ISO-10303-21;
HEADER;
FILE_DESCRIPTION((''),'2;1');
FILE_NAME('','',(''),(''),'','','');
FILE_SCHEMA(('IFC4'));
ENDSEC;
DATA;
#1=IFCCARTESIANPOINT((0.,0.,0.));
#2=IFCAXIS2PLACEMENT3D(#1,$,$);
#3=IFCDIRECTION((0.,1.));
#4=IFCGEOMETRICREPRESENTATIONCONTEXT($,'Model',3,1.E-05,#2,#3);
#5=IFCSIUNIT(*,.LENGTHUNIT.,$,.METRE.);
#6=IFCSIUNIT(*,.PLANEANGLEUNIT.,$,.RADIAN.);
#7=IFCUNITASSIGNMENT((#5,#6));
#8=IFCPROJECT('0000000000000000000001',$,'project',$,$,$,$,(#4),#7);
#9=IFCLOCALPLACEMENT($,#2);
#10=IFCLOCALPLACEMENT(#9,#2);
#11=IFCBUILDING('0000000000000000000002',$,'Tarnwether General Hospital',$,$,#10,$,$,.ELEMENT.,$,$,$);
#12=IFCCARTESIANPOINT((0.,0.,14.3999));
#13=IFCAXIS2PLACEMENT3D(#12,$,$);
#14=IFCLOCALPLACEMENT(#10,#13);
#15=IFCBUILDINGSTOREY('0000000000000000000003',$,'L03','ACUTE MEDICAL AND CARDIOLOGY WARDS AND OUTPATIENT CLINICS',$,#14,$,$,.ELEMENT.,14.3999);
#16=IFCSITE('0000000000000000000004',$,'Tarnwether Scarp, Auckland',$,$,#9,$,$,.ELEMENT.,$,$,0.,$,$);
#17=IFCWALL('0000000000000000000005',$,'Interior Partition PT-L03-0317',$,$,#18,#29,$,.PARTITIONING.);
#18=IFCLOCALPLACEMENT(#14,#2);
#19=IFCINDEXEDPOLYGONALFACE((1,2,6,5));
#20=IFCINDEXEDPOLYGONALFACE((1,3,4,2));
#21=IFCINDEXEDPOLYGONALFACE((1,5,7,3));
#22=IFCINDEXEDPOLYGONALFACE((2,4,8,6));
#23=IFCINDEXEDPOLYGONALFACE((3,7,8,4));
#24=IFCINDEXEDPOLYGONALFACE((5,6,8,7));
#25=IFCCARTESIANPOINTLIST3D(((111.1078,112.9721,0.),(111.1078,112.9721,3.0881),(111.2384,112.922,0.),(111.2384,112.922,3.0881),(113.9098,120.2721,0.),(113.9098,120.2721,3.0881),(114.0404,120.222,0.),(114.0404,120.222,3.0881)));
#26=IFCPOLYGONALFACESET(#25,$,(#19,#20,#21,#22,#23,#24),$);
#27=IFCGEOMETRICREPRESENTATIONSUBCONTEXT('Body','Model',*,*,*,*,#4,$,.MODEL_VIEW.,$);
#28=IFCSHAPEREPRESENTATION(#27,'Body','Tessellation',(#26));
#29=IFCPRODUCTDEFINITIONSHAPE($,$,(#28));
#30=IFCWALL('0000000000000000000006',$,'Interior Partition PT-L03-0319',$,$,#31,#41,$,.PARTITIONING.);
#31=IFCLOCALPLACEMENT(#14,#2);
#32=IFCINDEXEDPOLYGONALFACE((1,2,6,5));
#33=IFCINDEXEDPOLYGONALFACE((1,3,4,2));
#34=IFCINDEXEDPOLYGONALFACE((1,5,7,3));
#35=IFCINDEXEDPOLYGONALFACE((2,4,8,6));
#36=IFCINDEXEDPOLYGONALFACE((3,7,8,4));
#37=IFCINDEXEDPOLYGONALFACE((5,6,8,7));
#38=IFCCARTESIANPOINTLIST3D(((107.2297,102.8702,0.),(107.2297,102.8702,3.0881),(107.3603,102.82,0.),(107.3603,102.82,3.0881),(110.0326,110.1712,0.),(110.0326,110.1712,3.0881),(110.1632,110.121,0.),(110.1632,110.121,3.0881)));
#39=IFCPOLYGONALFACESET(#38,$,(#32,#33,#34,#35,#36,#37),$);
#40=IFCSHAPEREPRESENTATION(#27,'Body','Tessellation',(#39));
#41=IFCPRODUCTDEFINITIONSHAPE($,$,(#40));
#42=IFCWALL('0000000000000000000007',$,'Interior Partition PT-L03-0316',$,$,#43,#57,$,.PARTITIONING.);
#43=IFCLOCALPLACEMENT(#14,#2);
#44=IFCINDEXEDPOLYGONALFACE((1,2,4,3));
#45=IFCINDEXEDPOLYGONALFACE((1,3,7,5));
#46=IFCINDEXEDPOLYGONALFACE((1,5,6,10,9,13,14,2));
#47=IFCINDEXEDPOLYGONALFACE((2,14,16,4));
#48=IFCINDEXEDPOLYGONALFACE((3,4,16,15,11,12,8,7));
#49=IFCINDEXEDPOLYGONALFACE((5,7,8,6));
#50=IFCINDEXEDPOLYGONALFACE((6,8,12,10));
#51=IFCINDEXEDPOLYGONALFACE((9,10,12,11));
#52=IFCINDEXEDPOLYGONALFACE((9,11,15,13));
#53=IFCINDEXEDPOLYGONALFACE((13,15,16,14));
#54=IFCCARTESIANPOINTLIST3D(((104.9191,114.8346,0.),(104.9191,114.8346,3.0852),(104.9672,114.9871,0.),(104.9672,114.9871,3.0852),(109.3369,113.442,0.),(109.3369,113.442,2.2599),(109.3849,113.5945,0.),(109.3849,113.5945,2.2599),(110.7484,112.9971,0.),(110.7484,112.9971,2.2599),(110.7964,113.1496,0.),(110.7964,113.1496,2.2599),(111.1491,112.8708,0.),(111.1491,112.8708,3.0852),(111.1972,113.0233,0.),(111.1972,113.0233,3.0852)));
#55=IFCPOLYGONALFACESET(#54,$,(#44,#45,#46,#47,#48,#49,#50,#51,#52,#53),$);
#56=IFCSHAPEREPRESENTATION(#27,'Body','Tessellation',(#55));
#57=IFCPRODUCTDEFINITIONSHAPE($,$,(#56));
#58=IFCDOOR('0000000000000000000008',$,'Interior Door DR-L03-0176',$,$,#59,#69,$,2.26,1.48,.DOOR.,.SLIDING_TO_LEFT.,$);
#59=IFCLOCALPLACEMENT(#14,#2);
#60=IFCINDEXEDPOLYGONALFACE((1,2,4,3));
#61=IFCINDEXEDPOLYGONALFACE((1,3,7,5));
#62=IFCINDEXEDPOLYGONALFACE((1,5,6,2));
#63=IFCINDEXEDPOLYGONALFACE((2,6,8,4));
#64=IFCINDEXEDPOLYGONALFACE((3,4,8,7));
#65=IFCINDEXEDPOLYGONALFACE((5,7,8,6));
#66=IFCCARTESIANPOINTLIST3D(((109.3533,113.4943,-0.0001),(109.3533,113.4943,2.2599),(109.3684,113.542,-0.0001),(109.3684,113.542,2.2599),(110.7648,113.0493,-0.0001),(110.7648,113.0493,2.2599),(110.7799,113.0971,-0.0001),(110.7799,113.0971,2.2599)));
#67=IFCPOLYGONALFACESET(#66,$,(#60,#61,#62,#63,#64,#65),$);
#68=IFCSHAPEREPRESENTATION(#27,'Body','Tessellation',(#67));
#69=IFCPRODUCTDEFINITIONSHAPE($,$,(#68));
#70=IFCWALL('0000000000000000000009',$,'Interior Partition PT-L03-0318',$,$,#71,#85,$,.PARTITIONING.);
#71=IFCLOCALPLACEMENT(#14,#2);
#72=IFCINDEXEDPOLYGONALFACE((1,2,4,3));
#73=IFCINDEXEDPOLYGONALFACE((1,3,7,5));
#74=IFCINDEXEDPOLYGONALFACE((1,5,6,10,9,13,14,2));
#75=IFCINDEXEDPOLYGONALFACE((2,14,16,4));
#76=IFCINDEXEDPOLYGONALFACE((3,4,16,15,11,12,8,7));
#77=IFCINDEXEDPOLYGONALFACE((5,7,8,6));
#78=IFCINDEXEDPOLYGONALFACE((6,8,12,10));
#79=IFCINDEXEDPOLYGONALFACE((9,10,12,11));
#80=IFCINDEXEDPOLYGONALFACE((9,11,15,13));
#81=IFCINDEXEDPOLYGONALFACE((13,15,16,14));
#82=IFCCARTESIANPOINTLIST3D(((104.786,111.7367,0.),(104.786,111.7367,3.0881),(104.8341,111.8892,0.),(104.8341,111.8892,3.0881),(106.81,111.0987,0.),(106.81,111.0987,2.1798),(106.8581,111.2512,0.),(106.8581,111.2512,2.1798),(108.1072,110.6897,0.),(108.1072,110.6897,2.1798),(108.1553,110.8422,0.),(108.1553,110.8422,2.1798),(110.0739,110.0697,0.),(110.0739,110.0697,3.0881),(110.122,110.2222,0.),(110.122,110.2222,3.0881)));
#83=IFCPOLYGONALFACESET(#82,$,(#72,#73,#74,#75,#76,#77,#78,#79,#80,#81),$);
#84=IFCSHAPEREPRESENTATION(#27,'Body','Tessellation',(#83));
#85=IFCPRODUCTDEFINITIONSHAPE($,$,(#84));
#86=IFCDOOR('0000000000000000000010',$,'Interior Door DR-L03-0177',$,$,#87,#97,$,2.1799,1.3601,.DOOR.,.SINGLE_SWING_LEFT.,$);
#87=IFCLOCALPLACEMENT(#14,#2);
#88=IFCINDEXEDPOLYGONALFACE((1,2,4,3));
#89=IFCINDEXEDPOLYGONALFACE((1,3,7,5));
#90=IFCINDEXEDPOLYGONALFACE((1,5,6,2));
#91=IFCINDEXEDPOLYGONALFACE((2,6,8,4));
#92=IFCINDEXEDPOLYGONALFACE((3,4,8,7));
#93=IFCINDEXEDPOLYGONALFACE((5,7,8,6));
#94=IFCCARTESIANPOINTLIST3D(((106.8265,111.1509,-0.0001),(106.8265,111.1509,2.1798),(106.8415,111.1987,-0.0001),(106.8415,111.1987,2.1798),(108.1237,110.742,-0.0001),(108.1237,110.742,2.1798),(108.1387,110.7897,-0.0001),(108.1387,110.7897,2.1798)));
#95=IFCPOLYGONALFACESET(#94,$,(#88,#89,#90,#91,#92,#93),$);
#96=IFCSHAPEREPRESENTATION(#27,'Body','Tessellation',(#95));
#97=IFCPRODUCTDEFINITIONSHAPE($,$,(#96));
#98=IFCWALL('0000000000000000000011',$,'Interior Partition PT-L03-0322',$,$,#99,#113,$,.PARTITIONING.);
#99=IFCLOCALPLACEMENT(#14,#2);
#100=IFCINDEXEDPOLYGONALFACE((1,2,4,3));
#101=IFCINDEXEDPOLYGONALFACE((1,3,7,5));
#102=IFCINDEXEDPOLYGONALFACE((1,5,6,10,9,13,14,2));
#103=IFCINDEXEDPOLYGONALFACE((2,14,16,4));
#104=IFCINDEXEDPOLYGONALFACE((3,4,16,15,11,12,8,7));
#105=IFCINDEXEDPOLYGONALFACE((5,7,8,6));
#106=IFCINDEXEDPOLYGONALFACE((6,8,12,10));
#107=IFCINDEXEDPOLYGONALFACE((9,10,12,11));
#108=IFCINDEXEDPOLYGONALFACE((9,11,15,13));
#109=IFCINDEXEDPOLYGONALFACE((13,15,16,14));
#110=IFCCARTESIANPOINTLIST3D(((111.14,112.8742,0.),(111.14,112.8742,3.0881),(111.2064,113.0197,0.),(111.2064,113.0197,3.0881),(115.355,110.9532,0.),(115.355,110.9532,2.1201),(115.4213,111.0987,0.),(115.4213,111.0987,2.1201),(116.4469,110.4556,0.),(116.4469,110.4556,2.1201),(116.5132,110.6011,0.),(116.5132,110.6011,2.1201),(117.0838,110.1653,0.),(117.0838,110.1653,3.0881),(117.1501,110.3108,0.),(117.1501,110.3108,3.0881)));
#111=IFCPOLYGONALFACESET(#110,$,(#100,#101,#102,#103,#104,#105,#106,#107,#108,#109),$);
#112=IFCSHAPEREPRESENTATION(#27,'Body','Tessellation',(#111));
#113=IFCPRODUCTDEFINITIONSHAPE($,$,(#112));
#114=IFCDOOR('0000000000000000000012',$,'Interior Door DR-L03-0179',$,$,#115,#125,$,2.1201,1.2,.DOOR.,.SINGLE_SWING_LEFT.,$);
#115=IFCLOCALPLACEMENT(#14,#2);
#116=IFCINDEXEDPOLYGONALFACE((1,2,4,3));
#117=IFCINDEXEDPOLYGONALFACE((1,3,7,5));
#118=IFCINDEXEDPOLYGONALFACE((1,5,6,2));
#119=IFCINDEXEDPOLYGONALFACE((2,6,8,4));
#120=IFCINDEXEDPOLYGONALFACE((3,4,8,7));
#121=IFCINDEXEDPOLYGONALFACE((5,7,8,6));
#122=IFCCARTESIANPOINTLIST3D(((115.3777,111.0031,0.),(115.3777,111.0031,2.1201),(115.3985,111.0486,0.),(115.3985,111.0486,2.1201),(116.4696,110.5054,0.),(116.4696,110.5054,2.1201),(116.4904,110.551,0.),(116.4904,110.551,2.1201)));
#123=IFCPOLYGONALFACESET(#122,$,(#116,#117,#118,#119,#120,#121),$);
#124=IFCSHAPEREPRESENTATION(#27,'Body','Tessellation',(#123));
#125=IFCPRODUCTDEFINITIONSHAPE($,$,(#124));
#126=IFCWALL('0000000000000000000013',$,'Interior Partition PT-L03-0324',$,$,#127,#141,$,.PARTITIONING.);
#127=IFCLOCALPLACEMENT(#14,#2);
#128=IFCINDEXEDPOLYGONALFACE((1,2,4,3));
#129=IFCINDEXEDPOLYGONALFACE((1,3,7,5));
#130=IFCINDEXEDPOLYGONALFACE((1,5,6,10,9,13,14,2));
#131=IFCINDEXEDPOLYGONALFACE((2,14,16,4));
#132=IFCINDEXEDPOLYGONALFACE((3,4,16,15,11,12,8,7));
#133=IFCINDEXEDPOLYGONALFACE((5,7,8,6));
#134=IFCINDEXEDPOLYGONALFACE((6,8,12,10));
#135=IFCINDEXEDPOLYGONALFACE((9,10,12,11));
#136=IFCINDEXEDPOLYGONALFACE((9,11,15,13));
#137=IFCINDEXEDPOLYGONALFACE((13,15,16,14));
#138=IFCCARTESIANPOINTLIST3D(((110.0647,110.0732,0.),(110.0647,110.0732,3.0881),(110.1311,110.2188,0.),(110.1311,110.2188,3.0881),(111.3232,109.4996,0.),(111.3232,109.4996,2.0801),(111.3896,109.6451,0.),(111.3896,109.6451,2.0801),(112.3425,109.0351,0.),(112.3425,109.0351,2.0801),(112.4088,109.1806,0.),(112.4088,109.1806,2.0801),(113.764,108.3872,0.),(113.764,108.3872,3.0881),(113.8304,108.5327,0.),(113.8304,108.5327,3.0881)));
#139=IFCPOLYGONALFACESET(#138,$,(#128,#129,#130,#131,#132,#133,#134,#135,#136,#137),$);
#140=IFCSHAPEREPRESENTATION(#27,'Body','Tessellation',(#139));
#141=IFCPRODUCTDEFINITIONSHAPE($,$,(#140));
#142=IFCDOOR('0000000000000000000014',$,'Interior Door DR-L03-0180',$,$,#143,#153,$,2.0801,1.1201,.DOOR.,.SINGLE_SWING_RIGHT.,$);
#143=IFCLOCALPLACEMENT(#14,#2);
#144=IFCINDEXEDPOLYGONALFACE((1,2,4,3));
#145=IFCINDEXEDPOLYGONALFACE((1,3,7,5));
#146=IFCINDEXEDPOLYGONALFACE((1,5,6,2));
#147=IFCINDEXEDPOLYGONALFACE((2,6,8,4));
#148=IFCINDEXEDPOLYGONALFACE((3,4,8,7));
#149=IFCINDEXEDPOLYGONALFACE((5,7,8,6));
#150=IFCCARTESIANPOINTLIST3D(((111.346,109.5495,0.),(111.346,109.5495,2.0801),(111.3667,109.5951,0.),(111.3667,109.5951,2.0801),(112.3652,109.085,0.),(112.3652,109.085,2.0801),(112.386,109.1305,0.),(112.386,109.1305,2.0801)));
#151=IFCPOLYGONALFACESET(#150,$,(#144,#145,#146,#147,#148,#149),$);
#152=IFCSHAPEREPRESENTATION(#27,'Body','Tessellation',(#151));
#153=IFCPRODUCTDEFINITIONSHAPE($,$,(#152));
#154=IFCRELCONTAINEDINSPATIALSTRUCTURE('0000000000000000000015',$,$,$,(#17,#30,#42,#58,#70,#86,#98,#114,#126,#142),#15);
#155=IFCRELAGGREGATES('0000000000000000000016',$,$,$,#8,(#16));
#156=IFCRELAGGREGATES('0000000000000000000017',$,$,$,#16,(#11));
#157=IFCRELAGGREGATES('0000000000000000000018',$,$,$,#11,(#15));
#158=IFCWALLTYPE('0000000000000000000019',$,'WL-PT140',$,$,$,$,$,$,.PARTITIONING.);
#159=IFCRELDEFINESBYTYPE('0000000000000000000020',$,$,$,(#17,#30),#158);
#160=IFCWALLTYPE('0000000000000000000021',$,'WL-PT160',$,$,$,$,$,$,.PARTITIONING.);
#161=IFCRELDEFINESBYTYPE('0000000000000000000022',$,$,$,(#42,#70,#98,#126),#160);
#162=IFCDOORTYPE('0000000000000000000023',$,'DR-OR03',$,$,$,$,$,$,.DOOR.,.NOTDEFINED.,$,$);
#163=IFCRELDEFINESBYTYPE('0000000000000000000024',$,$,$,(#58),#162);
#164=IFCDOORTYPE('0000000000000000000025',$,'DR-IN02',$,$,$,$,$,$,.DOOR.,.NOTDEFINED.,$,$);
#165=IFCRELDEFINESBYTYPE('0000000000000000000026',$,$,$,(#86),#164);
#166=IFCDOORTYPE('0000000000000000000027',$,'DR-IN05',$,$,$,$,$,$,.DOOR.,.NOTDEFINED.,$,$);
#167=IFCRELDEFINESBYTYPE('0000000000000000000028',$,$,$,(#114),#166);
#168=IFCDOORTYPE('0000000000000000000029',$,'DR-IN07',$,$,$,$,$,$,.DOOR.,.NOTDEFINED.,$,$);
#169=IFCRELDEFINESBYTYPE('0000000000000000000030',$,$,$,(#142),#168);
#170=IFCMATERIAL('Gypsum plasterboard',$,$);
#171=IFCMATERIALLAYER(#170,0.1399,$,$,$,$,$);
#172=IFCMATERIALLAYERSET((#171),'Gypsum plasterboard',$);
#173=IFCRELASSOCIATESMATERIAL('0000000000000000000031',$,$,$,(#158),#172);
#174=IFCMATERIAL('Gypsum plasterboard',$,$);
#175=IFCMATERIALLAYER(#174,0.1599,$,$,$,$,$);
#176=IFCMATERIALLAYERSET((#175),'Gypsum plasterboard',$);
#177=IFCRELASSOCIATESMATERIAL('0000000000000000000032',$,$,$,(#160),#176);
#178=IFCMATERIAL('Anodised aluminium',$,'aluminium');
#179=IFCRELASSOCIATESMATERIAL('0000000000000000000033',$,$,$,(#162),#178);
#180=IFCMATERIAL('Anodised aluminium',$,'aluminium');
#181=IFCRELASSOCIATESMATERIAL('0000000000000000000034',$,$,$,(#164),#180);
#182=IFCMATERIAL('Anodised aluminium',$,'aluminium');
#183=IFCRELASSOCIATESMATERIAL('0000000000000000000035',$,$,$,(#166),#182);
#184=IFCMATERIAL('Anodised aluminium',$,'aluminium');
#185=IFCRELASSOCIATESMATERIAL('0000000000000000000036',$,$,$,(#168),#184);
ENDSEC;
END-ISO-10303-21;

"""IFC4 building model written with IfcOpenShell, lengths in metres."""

from ifc_helpers import new_model, si_unit, direction, frame, frame_2d, origin, place, context, subcontext, project, spatial, rectangle, extrude, material, layer, layer_set, type_object, element, fill, save


model = new_model("IFC4")

# Units and contexts
model_context = context("Model", 3, precision=1e-05, world=origin(), true_north=direction((0.0, 1.0)))
body_context = subcontext(model_context, "Body", "Model", "MODEL_VIEW")
ifc_project = project(units=[si_unit("LENGTHUNIT", "METRE"), si_unit("PLANEANGLEUNIT", "RADIAN")], contexts=[model_context])

# Site, building, storey
site_placement = place(None, origin())
site = spatial("IfcSite", under=ifc_project, at=site_placement, Name="Tarnwether Scarp, Auckland", CompositionType="ELEMENT", RefElevation=0.0)
building_placement = place(site_placement, origin())
building = spatial("IfcBuilding", under=site, at=building_placement, Name="Tarnwether General Hospital", CompositionType="ELEMENT")
storey_placement = place(building_placement, frame((0.0, 0.0, 14.3999)))
storey = spatial("IfcBuildingStorey", under=building, at=storey_placement, Name="L03", Description="ACUTE MEDICAL AND CARDIOLOGY WARDS AND OUTPATIENT CLINICS", CompositionType="ELEMENT", Elevation=14.3999)

# Walls
ifc_material_1 = material(Name="Gypsum plasterboard")
ifc_layer_1 = layer(ifc_material_1, 0.1399)
ifc_layer_set_1 = layer_set([ifc_layer_1], Name="Gypsum plasterboard")
wall_type_1 = type_object("IfcWallType", Name="WL-PT140", PredefinedType="PARTITIONING", material=ifc_layer_set_1)
wall_1_placement = place(storey_placement, frame((111.1731, 112.947, 0.0), z_axis=(0.0, 0.0, 1.0), x_axis=(0.358343, 0.93359, 0.0)))
element("IfcWall", 1, at=wall_1_placement, inside=storey, type_object=wall_type_1, Name="Interior Partition PT-L03-0317", PredefinedType="PARTITIONING", context=body_context, shape_type="SweptSolid", body=[
    extrude(rectangle(XDim=7.8193, YDim=0.1399, at=frame_2d((3.9097, 0.0))), origin(), (0.0, 0.0, 1.0), 3.0881),
])
wall_2_placement = place(storey_placement, frame((110.0979, 110.146, 0.0), z_axis=(0.0, 0.0, 1.0), x_axis=(-0.35841, -0.933564, 0.0)))
element("IfcWall", 2, at=wall_2_placement, inside=storey, type_object=wall_type_1, Name="Interior Partition PT-L03-0319", PredefinedType="PARTITIONING", context=body_context, shape_type="SweptSolid", body=[
    extrude(rectangle(XDim=7.8206, YDim=0.1399, at=frame_2d((3.9102, 0.0))), origin(), (0.0, 0.0, 1.0), 3.0881),
])

# Walls, openings, doors
ifc_material_2 = material(Name="Gypsum plasterboard")
ifc_layer_2 = layer(ifc_material_2, 0.1599)
ifc_layer_set_2 = layer_set([ifc_layer_2], Name="Gypsum plasterboard")
wall_type_2 = type_object("IfcWallType", Name="WL-PT160", PredefinedType="PARTITIONING", material=ifc_layer_set_2)
wall_3_placement = place(storey_placement, frame((104.9431, 114.9109, 0.0), z_axis=(0.0, 0.0, 1.0), x_axis=(0.953736, -0.300645, 0.0)))
wall_3 = element("IfcWall", 3, at=wall_3_placement, inside=storey, type_object=wall_type_2, Name="Interior Partition PT-L03-0316", PredefinedType="PARTITIONING", context=body_context, shape_type="SweptSolid", body=[
    extrude(rectangle(XDim=6.5322, YDim=0.1599, at=frame_2d((3.2661, 0.0))), origin(), (0.0, 0.0, 1.0), 3.0852),
])
opening_1_placement = place(wall_3_placement, frame((4.6321, 0.0, 0.0)))
opening_1 = element("IfcOpeningElement", 4, at=opening_1_placement, cuts=wall_3, PredefinedType="OPENING", context=body_context, shape_type="SweptSolid", body=[
    extrude(rectangle(XDim=1.48, YDim=2.26, at=frame_2d((0.74, 1.1299))), frame((0.0, 0.0898, 0.0), z_axis=(0.0, -1.0, 0.0), x_axis=(1.0, 0.0, 0.0)), (0.0, 0.0, 1.0), 0.1799),
])
ifc_material_3 = material(Name="Anodised aluminium", Category="aluminium")
door_type_1 = type_object("IfcDoorType", Name="DR-OR03", OperationType="NOTDEFINED", PredefinedType="DOOR", material=ifc_material_3)
door_1_placement = place(opening_1_placement, origin())
door_1 = element("IfcDoor", 5, at=door_1_placement, inside=storey, type_object=door_type_1, Name="Interior Door DR-L03-0176", OperationType="SLIDING_TO_LEFT", OverallHeight=2.26, OverallWidth=1.48, PredefinedType="DOOR", context=body_context, shape_type="SweptSolid", body=[
    extrude(rectangle(XDim=1.48, YDim=2.26, at=frame_2d((0.74, 1.1299))), frame((0.0, 0.0249, 0.0), z_axis=(0.0, -1.0, 0.0), x_axis=(1.0, 0.0, 0.0)), (0.0, 0.0, 1.0), 0.05),
])
fill(opening_1, door_1)
wall_4_placement = place(storey_placement, frame((104.8101, 111.813, 0.0), z_axis=(0.0, 0.0, 1.0), x_axis=(0.95373, -0.300663, 0.0)))
wall_4 = element("IfcWall", 6, at=wall_4_placement, inside=storey, type_object=wall_type_2, Name="Interior Partition PT-L03-0318", PredefinedType="PARTITIONING", context=body_context, shape_type="SweptSolid", body=[
    extrude(rectangle(XDim=5.5444, YDim=0.1599, at=frame_2d((2.7722, 0.0))), origin(), (0.0, 0.0, 1.0), 3.0881),
])
opening_2_placement = place(wall_4_placement, frame((2.1221, 0.0, 0.0)))
opening_2 = element("IfcOpeningElement", 7, at=opening_2_placement, cuts=wall_4, PredefinedType="OPENING", context=body_context, shape_type="SweptSolid", body=[
    extrude(rectangle(XDim=1.3601, YDim=2.1799, at=frame_2d((0.6802, 1.0898))), frame((0.0, 0.0898, 0.0), z_axis=(0.0, -1.0, 0.0), x_axis=(1.0, 0.0, 0.0)), (0.0, 0.0, 1.0), 0.1799),
])
ifc_material_4 = material(Name="Anodised aluminium", Category="aluminium")
door_type_2 = type_object("IfcDoorType", Name="DR-IN02", OperationType="NOTDEFINED", PredefinedType="DOOR", material=ifc_material_4)
door_2_placement = place(opening_2_placement, origin())
door_2 = element("IfcDoor", 8, at=door_2_placement, inside=storey, type_object=door_type_2, Name="Interior Door DR-L03-0177", OperationType="SINGLE_SWING_LEFT", OverallHeight=2.1799, OverallWidth=1.3601, PredefinedType="DOOR", context=body_context, shape_type="SweptSolid", body=[
    extrude(rectangle(XDim=1.3601, YDim=2.1799, at=frame_2d((0.6802, 1.0898))), frame((0.0, 0.0249, 0.0), z_axis=(0.0, -1.0, 0.0), x_axis=(1.0, 0.0, 0.0)), (0.0, 0.0, 1.0), 0.05),
])
fill(opening_2, door_2)
wall_5_placement = place(storey_placement, frame((111.1731, 112.947, 0.0), z_axis=(0.0, 0.0, 1.0), x_axis=(0.909949, -0.414721, 0.0)))
wall_5 = element("IfcWall", 9, at=wall_5_placement, inside=storey, type_object=wall_type_2, Name="Interior Partition PT-L03-0322", PredefinedType="PARTITIONING", context=body_context, shape_type="SweptSolid", body=[
    extrude(rectangle(XDim=6.532, YDim=0.1599, at=frame_2d((3.2661, 0.0))), origin(), (0.0, 0.0, 1.0), 3.0881),
])
opening_3_placement = place(wall_5_placement, frame((4.6321, 0.0, 0.0)))
opening_3 = element("IfcOpeningElement", 10, at=opening_3_placement, cuts=wall_5, PredefinedType="OPENING", context=body_context, shape_type="SweptSolid", body=[
    extrude(rectangle(XDim=1.2, YDim=2.1201, at=frame_2d((0.6001, 1.0601))), frame((0.0, 0.0898, 0.0), z_axis=(0.0, -1.0, 0.0), x_axis=(1.0, 0.0, 0.0)), (0.0, 0.0, 1.0), 0.1799),
])
ifc_material_5 = material(Name="Anodised aluminium", Category="aluminium")
door_type_3 = type_object("IfcDoorType", Name="DR-IN05", OperationType="NOTDEFINED", PredefinedType="DOOR", material=ifc_material_5)
door_3_placement = place(opening_3_placement, origin())
door_3 = element("IfcDoor", 11, at=door_3_placement, inside=storey, type_object=door_type_3, Name="Interior Door DR-L03-0179", OperationType="SINGLE_SWING_LEFT", OverallHeight=2.1201, OverallWidth=1.2, PredefinedType="DOOR", context=body_context, shape_type="SweptSolid", body=[
    extrude(rectangle(XDim=1.2, YDim=2.1201, at=frame_2d((0.6001, 1.0601))), frame((0.0, 0.0249, 0.0), z_axis=(0.0, -1.0, 0.0), x_axis=(1.0, 0.0, 0.0)), (0.0, 0.0, 1.0), 0.05),
])
fill(opening_3, door_3)
wall_6_placement = place(storey_placement, frame((110.0979, 110.146, 0.0), z_axis=(0.0, 0.0, 1.0), x_axis=(0.909942, -0.414735, 0.0)))
wall_6 = element("IfcWall", 12, at=wall_6_placement, inside=storey, type_object=wall_type_2, Name="Interior Partition PT-L03-0324", PredefinedType="PARTITIONING", context=body_context, shape_type="SweptSolid", body=[
    extrude(rectangle(XDim=4.0654, YDim=0.1599, at=frame_2d((2.0327, 0.0))), origin(), (0.0, 0.0, 1.0), 3.0881),
])
opening_4_placement = place(wall_6_placement, frame((1.3831, 0.0, 0.0)))
opening_4 = element("IfcOpeningElement", 13, at=opening_4_placement, cuts=wall_6, PredefinedType="OPENING", context=body_context, shape_type="SweptSolid", body=[
    extrude(rectangle(XDim=1.1201, YDim=2.0801, at=frame_2d((0.5601, 1.04))), frame((0.0, 0.0898, 0.0), z_axis=(0.0, -1.0, 0.0), x_axis=(1.0, 0.0, 0.0)), (0.0, 0.0, 1.0), 0.1799),
])
ifc_material_6 = material(Name="Anodised aluminium", Category="aluminium")
door_type_4 = type_object("IfcDoorType", Name="DR-IN07", OperationType="NOTDEFINED", PredefinedType="DOOR", material=ifc_material_6)
door_4_placement = place(opening_4_placement, origin())
door_4 = element("IfcDoor", 14, at=door_4_placement, inside=storey, type_object=door_type_4, Name="Interior Door DR-L03-0180", OperationType="SINGLE_SWING_RIGHT", OverallHeight=2.0801, OverallWidth=1.1201, PredefinedType="DOOR", context=body_context, shape_type="SweptSolid", body=[
    extrude(rectangle(XDim=1.1201, YDim=2.0801, at=frame_2d((0.5601, 1.04))), frame((0.0, 0.0249, 0.0), z_axis=(0.0, -1.0, 0.0), x_axis=(1.0, 0.0, 0.0)), (0.0, 0.0, 1.0), 0.05),
])
fill(opening_4, door_4)

save(model, "model.ifc")
